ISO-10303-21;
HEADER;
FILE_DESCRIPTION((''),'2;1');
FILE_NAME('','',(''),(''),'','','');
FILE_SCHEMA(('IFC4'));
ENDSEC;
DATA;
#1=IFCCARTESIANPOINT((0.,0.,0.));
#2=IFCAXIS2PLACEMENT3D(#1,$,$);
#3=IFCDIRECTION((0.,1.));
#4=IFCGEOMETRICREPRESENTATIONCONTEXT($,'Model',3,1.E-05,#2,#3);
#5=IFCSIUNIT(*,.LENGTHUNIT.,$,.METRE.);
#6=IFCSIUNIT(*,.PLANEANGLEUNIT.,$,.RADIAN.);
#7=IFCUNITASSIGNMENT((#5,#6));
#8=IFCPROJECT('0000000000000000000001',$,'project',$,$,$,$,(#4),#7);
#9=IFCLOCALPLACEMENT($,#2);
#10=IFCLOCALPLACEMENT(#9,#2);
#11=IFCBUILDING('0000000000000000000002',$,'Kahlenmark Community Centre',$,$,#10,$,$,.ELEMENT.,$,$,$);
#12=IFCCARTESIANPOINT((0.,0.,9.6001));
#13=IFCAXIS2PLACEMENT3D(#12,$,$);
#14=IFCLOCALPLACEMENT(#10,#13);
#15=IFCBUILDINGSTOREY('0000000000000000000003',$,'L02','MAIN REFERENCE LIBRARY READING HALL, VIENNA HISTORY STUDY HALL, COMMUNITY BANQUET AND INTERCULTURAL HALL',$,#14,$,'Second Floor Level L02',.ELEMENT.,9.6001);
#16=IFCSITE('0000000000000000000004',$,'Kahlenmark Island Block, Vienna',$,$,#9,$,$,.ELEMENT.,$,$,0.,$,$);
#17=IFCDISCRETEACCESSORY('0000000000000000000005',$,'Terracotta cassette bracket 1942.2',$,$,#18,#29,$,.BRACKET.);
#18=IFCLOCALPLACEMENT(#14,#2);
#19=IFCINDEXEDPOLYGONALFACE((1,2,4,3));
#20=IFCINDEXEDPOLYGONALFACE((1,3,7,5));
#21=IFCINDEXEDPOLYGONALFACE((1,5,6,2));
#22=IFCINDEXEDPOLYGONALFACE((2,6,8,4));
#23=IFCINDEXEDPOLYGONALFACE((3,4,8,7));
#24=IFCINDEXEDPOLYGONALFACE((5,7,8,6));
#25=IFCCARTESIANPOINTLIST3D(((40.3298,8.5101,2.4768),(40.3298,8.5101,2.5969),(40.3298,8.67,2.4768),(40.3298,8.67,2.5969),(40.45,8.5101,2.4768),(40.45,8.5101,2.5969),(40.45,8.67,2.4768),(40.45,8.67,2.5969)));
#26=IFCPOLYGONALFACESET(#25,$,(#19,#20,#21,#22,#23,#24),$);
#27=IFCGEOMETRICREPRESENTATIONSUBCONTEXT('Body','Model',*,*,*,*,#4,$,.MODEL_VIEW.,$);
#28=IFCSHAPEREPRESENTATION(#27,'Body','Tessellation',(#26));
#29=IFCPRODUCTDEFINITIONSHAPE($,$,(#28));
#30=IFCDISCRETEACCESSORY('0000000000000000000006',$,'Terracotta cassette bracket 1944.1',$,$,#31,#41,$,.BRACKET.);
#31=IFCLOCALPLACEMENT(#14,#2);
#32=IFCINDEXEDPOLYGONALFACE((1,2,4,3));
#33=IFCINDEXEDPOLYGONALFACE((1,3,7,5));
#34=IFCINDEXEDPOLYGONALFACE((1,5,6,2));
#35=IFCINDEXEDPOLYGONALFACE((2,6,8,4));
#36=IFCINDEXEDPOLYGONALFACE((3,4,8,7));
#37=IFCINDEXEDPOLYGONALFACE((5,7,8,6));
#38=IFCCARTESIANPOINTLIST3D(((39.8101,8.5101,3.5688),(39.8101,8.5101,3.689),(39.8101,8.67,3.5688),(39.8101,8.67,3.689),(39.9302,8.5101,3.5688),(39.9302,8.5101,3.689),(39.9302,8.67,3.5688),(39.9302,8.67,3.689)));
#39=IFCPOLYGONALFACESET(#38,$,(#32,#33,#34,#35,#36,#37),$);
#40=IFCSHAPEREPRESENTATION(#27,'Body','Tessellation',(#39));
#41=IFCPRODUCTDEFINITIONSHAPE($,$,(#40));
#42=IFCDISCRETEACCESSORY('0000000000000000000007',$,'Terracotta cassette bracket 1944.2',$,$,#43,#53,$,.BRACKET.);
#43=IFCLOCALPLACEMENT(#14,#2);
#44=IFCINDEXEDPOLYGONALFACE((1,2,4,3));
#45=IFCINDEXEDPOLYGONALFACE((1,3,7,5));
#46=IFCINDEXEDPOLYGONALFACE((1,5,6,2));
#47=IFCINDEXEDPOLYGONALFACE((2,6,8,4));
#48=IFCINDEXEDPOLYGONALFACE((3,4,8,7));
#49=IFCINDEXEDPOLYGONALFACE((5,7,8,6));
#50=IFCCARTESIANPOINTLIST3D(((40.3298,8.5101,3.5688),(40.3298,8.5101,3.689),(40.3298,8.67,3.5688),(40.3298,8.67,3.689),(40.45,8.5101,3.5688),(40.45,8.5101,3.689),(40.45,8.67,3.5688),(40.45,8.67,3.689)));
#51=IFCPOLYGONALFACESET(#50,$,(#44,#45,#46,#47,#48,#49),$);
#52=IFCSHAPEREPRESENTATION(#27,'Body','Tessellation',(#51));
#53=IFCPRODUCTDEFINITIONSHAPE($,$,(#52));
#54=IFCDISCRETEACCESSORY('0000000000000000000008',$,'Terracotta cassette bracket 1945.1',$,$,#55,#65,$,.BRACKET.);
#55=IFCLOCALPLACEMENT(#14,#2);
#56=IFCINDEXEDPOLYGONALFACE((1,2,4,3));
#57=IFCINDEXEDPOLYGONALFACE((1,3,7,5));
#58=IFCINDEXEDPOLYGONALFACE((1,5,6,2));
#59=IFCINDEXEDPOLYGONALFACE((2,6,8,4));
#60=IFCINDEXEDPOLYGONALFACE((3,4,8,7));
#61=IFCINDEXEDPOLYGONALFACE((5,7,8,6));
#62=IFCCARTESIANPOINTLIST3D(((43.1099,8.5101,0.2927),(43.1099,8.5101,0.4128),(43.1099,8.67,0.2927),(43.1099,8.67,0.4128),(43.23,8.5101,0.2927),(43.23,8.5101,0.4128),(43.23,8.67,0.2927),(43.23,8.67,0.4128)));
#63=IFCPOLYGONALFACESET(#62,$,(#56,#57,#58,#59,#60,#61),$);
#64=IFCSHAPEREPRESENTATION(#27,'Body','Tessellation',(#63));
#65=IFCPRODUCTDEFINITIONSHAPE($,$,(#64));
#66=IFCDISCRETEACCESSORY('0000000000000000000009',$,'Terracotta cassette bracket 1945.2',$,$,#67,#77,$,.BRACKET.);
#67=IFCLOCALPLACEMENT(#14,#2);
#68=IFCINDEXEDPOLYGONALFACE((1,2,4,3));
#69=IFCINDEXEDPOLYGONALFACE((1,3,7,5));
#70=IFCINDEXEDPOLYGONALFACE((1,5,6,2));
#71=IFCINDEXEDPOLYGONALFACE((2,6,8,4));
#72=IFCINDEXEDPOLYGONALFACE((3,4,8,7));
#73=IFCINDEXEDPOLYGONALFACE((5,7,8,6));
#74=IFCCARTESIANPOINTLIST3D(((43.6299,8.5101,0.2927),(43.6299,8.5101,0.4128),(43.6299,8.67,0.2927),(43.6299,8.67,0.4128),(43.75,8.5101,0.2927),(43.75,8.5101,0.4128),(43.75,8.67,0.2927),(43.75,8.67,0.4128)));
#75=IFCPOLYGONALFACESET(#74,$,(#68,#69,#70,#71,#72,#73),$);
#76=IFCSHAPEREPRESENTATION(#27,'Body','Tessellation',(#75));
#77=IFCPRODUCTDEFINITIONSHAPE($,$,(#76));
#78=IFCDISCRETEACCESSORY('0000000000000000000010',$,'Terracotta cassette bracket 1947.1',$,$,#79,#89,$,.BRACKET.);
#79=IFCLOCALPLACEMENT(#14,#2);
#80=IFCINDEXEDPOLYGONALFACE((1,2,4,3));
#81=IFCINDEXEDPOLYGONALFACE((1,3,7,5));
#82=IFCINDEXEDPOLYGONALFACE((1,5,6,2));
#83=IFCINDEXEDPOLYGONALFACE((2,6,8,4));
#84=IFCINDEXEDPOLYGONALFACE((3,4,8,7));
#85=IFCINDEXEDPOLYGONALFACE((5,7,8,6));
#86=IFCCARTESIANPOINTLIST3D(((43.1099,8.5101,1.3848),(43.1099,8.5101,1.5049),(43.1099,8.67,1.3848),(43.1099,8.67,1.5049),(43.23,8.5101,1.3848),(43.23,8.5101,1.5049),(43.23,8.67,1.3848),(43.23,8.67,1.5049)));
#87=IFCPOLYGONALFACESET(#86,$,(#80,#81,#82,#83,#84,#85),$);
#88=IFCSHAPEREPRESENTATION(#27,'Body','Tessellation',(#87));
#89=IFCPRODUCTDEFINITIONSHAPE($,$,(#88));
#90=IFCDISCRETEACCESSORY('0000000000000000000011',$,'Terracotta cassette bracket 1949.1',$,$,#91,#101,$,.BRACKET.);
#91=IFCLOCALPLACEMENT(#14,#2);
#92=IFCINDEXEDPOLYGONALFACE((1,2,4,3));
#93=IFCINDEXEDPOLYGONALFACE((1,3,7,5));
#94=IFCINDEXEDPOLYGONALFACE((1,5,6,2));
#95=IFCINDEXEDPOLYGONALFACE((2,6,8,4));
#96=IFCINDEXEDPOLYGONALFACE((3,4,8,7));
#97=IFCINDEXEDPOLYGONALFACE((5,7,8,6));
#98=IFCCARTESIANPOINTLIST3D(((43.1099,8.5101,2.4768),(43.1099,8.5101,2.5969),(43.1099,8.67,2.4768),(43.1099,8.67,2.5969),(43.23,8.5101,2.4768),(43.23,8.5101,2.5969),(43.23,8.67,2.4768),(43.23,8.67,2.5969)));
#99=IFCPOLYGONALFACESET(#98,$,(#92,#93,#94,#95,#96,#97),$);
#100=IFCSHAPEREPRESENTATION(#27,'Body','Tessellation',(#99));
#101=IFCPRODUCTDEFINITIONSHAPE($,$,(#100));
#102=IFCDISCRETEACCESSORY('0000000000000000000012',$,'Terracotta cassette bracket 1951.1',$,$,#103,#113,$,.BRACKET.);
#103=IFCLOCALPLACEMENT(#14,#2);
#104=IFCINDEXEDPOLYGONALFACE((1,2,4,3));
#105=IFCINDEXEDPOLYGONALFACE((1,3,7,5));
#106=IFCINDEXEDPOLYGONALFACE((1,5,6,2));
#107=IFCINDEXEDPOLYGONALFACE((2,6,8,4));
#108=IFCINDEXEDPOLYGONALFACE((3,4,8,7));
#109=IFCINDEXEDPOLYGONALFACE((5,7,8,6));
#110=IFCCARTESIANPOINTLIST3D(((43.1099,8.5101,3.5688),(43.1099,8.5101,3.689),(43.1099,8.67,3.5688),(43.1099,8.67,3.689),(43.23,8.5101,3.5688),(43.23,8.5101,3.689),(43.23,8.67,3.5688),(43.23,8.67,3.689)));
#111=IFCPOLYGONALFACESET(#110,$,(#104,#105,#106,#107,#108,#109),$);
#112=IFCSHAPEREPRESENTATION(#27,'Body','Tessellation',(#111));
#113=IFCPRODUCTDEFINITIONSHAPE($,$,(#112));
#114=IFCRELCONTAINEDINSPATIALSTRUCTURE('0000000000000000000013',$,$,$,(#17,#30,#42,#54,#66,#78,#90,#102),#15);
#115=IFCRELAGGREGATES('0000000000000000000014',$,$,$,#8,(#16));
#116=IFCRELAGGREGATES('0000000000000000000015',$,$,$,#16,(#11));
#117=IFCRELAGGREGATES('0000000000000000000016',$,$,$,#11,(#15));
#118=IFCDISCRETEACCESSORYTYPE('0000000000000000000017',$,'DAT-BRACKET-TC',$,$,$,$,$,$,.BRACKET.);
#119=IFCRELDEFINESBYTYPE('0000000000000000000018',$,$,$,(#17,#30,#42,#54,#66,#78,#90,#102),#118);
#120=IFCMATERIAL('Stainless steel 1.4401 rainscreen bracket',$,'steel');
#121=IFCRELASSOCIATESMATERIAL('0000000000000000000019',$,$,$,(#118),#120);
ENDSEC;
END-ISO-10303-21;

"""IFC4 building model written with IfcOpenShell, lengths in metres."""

from ifc_helpers import new_model, si_unit, direction, frame, origin, origin_2d, place, context, subcontext, project, spatial, rectangle, extrude, material, type_object, element, save


model = new_model("IFC4")

# Units and contexts
model_context = context("Model", 3, precision=1e-05, world=origin(), true_north=direction((0.0, 1.0)))
body_context = subcontext(model_context, "Body", "Model", "MODEL_VIEW")
ifc_project = project(units=[si_unit("LENGTHUNIT", "METRE"), si_unit("PLANEANGLEUNIT", "RADIAN")], contexts=[model_context])

# Site, building, storey
site_placement = place(None, origin())
site = spatial("IfcSite", under=ifc_project, at=site_placement, Name="Kahlenmark Island Block, Vienna", CompositionType="ELEMENT", RefElevation=0.0)
building_placement = place(site_placement, origin())
building = spatial("IfcBuilding", under=site, at=building_placement, Name="Kahlenmark Community Centre", CompositionType="ELEMENT")
storey_placement = place(building_placement, frame((0.0, 0.0, 9.6001)))
storey = spatial("IfcBuildingStorey", under=building, at=storey_placement, Name="L02", Description="MAIN REFERENCE LIBRARY READING HALL, VIENNA HISTORY STUDY HALL, COMMUNITY BANQUET AND INTERCULTURAL HALL", LongName="Second Floor Level L02", CompositionType="ELEMENT", Elevation=9.6001)

# Discrete accessories
ifc_material_1 = material(Name="Stainless steel 1.4401 rainscreen bracket", Category="steel")
discrete_accessory_type = type_object("IfcDiscreteAccessoryType", Name="DAT-BRACKET-TC", PredefinedType="BRACKET", material=ifc_material_1)
for number, where, z_axis, x_axis, name in (
    (1, (40.3899, 8.5901, 2.4768), (0.0, 0.0, 1.0), (1.0, 0.0, 0.0), "Terracotta cassette bracket 1942.2"),
    (2, (39.8701, 8.5901, 3.5688), (0.0, 0.0, 1.0), (1.0, 0.0, 0.0), "Terracotta cassette bracket 1944.1"),
    (3, (40.3899, 8.5901, 3.5688), (0.0, 0.0, 1.0), (1.0, 0.0, 0.0), "Terracotta cassette bracket 1944.2"),
    (4, (43.1699, 8.5901, 0.2927), (0.0, 0.0, 1.0), (1.0, 0.0, 0.0), "Terracotta cassette bracket 1945.1"),
    (5, (43.6899, 8.5901, 0.2927), (0.0, 0.0, 1.0), (1.0, 0.0, 0.0), "Terracotta cassette bracket 1945.2"),
    (6, (43.1699, 8.5901, 1.3848), (0.0, 0.0, 1.0), (1.0, 0.0, 0.0), "Terracotta cassette bracket 1947.1"),
    (7, (43.1699, 8.5901, 2.4768), (0.0, 0.0, 1.0), (1.0, 0.0, 0.0), "Terracotta cassette bracket 1949.1"),
    (8, (43.1699, 8.5901, 3.5688), (0.0, 0.0, 1.0), (1.0, 0.0, 0.0), "Terracotta cassette bracket 1951.1"),
):
    element("IfcDiscreteAccessory", number, at=place(storey_placement, frame(where, z_axis=z_axis, x_axis=x_axis)), inside=storey, type_object=discrete_accessory_type, Name=name, PredefinedType="BRACKET", context=body_context, shape_type="SweptSolid", body=[
        extrude(rectangle(XDim=0.1201, YDim=0.1599, at=origin_2d()), origin(), (0.0, 0.0, 1.0), 0.1201),
    ])

save(model, "model.ifc")
